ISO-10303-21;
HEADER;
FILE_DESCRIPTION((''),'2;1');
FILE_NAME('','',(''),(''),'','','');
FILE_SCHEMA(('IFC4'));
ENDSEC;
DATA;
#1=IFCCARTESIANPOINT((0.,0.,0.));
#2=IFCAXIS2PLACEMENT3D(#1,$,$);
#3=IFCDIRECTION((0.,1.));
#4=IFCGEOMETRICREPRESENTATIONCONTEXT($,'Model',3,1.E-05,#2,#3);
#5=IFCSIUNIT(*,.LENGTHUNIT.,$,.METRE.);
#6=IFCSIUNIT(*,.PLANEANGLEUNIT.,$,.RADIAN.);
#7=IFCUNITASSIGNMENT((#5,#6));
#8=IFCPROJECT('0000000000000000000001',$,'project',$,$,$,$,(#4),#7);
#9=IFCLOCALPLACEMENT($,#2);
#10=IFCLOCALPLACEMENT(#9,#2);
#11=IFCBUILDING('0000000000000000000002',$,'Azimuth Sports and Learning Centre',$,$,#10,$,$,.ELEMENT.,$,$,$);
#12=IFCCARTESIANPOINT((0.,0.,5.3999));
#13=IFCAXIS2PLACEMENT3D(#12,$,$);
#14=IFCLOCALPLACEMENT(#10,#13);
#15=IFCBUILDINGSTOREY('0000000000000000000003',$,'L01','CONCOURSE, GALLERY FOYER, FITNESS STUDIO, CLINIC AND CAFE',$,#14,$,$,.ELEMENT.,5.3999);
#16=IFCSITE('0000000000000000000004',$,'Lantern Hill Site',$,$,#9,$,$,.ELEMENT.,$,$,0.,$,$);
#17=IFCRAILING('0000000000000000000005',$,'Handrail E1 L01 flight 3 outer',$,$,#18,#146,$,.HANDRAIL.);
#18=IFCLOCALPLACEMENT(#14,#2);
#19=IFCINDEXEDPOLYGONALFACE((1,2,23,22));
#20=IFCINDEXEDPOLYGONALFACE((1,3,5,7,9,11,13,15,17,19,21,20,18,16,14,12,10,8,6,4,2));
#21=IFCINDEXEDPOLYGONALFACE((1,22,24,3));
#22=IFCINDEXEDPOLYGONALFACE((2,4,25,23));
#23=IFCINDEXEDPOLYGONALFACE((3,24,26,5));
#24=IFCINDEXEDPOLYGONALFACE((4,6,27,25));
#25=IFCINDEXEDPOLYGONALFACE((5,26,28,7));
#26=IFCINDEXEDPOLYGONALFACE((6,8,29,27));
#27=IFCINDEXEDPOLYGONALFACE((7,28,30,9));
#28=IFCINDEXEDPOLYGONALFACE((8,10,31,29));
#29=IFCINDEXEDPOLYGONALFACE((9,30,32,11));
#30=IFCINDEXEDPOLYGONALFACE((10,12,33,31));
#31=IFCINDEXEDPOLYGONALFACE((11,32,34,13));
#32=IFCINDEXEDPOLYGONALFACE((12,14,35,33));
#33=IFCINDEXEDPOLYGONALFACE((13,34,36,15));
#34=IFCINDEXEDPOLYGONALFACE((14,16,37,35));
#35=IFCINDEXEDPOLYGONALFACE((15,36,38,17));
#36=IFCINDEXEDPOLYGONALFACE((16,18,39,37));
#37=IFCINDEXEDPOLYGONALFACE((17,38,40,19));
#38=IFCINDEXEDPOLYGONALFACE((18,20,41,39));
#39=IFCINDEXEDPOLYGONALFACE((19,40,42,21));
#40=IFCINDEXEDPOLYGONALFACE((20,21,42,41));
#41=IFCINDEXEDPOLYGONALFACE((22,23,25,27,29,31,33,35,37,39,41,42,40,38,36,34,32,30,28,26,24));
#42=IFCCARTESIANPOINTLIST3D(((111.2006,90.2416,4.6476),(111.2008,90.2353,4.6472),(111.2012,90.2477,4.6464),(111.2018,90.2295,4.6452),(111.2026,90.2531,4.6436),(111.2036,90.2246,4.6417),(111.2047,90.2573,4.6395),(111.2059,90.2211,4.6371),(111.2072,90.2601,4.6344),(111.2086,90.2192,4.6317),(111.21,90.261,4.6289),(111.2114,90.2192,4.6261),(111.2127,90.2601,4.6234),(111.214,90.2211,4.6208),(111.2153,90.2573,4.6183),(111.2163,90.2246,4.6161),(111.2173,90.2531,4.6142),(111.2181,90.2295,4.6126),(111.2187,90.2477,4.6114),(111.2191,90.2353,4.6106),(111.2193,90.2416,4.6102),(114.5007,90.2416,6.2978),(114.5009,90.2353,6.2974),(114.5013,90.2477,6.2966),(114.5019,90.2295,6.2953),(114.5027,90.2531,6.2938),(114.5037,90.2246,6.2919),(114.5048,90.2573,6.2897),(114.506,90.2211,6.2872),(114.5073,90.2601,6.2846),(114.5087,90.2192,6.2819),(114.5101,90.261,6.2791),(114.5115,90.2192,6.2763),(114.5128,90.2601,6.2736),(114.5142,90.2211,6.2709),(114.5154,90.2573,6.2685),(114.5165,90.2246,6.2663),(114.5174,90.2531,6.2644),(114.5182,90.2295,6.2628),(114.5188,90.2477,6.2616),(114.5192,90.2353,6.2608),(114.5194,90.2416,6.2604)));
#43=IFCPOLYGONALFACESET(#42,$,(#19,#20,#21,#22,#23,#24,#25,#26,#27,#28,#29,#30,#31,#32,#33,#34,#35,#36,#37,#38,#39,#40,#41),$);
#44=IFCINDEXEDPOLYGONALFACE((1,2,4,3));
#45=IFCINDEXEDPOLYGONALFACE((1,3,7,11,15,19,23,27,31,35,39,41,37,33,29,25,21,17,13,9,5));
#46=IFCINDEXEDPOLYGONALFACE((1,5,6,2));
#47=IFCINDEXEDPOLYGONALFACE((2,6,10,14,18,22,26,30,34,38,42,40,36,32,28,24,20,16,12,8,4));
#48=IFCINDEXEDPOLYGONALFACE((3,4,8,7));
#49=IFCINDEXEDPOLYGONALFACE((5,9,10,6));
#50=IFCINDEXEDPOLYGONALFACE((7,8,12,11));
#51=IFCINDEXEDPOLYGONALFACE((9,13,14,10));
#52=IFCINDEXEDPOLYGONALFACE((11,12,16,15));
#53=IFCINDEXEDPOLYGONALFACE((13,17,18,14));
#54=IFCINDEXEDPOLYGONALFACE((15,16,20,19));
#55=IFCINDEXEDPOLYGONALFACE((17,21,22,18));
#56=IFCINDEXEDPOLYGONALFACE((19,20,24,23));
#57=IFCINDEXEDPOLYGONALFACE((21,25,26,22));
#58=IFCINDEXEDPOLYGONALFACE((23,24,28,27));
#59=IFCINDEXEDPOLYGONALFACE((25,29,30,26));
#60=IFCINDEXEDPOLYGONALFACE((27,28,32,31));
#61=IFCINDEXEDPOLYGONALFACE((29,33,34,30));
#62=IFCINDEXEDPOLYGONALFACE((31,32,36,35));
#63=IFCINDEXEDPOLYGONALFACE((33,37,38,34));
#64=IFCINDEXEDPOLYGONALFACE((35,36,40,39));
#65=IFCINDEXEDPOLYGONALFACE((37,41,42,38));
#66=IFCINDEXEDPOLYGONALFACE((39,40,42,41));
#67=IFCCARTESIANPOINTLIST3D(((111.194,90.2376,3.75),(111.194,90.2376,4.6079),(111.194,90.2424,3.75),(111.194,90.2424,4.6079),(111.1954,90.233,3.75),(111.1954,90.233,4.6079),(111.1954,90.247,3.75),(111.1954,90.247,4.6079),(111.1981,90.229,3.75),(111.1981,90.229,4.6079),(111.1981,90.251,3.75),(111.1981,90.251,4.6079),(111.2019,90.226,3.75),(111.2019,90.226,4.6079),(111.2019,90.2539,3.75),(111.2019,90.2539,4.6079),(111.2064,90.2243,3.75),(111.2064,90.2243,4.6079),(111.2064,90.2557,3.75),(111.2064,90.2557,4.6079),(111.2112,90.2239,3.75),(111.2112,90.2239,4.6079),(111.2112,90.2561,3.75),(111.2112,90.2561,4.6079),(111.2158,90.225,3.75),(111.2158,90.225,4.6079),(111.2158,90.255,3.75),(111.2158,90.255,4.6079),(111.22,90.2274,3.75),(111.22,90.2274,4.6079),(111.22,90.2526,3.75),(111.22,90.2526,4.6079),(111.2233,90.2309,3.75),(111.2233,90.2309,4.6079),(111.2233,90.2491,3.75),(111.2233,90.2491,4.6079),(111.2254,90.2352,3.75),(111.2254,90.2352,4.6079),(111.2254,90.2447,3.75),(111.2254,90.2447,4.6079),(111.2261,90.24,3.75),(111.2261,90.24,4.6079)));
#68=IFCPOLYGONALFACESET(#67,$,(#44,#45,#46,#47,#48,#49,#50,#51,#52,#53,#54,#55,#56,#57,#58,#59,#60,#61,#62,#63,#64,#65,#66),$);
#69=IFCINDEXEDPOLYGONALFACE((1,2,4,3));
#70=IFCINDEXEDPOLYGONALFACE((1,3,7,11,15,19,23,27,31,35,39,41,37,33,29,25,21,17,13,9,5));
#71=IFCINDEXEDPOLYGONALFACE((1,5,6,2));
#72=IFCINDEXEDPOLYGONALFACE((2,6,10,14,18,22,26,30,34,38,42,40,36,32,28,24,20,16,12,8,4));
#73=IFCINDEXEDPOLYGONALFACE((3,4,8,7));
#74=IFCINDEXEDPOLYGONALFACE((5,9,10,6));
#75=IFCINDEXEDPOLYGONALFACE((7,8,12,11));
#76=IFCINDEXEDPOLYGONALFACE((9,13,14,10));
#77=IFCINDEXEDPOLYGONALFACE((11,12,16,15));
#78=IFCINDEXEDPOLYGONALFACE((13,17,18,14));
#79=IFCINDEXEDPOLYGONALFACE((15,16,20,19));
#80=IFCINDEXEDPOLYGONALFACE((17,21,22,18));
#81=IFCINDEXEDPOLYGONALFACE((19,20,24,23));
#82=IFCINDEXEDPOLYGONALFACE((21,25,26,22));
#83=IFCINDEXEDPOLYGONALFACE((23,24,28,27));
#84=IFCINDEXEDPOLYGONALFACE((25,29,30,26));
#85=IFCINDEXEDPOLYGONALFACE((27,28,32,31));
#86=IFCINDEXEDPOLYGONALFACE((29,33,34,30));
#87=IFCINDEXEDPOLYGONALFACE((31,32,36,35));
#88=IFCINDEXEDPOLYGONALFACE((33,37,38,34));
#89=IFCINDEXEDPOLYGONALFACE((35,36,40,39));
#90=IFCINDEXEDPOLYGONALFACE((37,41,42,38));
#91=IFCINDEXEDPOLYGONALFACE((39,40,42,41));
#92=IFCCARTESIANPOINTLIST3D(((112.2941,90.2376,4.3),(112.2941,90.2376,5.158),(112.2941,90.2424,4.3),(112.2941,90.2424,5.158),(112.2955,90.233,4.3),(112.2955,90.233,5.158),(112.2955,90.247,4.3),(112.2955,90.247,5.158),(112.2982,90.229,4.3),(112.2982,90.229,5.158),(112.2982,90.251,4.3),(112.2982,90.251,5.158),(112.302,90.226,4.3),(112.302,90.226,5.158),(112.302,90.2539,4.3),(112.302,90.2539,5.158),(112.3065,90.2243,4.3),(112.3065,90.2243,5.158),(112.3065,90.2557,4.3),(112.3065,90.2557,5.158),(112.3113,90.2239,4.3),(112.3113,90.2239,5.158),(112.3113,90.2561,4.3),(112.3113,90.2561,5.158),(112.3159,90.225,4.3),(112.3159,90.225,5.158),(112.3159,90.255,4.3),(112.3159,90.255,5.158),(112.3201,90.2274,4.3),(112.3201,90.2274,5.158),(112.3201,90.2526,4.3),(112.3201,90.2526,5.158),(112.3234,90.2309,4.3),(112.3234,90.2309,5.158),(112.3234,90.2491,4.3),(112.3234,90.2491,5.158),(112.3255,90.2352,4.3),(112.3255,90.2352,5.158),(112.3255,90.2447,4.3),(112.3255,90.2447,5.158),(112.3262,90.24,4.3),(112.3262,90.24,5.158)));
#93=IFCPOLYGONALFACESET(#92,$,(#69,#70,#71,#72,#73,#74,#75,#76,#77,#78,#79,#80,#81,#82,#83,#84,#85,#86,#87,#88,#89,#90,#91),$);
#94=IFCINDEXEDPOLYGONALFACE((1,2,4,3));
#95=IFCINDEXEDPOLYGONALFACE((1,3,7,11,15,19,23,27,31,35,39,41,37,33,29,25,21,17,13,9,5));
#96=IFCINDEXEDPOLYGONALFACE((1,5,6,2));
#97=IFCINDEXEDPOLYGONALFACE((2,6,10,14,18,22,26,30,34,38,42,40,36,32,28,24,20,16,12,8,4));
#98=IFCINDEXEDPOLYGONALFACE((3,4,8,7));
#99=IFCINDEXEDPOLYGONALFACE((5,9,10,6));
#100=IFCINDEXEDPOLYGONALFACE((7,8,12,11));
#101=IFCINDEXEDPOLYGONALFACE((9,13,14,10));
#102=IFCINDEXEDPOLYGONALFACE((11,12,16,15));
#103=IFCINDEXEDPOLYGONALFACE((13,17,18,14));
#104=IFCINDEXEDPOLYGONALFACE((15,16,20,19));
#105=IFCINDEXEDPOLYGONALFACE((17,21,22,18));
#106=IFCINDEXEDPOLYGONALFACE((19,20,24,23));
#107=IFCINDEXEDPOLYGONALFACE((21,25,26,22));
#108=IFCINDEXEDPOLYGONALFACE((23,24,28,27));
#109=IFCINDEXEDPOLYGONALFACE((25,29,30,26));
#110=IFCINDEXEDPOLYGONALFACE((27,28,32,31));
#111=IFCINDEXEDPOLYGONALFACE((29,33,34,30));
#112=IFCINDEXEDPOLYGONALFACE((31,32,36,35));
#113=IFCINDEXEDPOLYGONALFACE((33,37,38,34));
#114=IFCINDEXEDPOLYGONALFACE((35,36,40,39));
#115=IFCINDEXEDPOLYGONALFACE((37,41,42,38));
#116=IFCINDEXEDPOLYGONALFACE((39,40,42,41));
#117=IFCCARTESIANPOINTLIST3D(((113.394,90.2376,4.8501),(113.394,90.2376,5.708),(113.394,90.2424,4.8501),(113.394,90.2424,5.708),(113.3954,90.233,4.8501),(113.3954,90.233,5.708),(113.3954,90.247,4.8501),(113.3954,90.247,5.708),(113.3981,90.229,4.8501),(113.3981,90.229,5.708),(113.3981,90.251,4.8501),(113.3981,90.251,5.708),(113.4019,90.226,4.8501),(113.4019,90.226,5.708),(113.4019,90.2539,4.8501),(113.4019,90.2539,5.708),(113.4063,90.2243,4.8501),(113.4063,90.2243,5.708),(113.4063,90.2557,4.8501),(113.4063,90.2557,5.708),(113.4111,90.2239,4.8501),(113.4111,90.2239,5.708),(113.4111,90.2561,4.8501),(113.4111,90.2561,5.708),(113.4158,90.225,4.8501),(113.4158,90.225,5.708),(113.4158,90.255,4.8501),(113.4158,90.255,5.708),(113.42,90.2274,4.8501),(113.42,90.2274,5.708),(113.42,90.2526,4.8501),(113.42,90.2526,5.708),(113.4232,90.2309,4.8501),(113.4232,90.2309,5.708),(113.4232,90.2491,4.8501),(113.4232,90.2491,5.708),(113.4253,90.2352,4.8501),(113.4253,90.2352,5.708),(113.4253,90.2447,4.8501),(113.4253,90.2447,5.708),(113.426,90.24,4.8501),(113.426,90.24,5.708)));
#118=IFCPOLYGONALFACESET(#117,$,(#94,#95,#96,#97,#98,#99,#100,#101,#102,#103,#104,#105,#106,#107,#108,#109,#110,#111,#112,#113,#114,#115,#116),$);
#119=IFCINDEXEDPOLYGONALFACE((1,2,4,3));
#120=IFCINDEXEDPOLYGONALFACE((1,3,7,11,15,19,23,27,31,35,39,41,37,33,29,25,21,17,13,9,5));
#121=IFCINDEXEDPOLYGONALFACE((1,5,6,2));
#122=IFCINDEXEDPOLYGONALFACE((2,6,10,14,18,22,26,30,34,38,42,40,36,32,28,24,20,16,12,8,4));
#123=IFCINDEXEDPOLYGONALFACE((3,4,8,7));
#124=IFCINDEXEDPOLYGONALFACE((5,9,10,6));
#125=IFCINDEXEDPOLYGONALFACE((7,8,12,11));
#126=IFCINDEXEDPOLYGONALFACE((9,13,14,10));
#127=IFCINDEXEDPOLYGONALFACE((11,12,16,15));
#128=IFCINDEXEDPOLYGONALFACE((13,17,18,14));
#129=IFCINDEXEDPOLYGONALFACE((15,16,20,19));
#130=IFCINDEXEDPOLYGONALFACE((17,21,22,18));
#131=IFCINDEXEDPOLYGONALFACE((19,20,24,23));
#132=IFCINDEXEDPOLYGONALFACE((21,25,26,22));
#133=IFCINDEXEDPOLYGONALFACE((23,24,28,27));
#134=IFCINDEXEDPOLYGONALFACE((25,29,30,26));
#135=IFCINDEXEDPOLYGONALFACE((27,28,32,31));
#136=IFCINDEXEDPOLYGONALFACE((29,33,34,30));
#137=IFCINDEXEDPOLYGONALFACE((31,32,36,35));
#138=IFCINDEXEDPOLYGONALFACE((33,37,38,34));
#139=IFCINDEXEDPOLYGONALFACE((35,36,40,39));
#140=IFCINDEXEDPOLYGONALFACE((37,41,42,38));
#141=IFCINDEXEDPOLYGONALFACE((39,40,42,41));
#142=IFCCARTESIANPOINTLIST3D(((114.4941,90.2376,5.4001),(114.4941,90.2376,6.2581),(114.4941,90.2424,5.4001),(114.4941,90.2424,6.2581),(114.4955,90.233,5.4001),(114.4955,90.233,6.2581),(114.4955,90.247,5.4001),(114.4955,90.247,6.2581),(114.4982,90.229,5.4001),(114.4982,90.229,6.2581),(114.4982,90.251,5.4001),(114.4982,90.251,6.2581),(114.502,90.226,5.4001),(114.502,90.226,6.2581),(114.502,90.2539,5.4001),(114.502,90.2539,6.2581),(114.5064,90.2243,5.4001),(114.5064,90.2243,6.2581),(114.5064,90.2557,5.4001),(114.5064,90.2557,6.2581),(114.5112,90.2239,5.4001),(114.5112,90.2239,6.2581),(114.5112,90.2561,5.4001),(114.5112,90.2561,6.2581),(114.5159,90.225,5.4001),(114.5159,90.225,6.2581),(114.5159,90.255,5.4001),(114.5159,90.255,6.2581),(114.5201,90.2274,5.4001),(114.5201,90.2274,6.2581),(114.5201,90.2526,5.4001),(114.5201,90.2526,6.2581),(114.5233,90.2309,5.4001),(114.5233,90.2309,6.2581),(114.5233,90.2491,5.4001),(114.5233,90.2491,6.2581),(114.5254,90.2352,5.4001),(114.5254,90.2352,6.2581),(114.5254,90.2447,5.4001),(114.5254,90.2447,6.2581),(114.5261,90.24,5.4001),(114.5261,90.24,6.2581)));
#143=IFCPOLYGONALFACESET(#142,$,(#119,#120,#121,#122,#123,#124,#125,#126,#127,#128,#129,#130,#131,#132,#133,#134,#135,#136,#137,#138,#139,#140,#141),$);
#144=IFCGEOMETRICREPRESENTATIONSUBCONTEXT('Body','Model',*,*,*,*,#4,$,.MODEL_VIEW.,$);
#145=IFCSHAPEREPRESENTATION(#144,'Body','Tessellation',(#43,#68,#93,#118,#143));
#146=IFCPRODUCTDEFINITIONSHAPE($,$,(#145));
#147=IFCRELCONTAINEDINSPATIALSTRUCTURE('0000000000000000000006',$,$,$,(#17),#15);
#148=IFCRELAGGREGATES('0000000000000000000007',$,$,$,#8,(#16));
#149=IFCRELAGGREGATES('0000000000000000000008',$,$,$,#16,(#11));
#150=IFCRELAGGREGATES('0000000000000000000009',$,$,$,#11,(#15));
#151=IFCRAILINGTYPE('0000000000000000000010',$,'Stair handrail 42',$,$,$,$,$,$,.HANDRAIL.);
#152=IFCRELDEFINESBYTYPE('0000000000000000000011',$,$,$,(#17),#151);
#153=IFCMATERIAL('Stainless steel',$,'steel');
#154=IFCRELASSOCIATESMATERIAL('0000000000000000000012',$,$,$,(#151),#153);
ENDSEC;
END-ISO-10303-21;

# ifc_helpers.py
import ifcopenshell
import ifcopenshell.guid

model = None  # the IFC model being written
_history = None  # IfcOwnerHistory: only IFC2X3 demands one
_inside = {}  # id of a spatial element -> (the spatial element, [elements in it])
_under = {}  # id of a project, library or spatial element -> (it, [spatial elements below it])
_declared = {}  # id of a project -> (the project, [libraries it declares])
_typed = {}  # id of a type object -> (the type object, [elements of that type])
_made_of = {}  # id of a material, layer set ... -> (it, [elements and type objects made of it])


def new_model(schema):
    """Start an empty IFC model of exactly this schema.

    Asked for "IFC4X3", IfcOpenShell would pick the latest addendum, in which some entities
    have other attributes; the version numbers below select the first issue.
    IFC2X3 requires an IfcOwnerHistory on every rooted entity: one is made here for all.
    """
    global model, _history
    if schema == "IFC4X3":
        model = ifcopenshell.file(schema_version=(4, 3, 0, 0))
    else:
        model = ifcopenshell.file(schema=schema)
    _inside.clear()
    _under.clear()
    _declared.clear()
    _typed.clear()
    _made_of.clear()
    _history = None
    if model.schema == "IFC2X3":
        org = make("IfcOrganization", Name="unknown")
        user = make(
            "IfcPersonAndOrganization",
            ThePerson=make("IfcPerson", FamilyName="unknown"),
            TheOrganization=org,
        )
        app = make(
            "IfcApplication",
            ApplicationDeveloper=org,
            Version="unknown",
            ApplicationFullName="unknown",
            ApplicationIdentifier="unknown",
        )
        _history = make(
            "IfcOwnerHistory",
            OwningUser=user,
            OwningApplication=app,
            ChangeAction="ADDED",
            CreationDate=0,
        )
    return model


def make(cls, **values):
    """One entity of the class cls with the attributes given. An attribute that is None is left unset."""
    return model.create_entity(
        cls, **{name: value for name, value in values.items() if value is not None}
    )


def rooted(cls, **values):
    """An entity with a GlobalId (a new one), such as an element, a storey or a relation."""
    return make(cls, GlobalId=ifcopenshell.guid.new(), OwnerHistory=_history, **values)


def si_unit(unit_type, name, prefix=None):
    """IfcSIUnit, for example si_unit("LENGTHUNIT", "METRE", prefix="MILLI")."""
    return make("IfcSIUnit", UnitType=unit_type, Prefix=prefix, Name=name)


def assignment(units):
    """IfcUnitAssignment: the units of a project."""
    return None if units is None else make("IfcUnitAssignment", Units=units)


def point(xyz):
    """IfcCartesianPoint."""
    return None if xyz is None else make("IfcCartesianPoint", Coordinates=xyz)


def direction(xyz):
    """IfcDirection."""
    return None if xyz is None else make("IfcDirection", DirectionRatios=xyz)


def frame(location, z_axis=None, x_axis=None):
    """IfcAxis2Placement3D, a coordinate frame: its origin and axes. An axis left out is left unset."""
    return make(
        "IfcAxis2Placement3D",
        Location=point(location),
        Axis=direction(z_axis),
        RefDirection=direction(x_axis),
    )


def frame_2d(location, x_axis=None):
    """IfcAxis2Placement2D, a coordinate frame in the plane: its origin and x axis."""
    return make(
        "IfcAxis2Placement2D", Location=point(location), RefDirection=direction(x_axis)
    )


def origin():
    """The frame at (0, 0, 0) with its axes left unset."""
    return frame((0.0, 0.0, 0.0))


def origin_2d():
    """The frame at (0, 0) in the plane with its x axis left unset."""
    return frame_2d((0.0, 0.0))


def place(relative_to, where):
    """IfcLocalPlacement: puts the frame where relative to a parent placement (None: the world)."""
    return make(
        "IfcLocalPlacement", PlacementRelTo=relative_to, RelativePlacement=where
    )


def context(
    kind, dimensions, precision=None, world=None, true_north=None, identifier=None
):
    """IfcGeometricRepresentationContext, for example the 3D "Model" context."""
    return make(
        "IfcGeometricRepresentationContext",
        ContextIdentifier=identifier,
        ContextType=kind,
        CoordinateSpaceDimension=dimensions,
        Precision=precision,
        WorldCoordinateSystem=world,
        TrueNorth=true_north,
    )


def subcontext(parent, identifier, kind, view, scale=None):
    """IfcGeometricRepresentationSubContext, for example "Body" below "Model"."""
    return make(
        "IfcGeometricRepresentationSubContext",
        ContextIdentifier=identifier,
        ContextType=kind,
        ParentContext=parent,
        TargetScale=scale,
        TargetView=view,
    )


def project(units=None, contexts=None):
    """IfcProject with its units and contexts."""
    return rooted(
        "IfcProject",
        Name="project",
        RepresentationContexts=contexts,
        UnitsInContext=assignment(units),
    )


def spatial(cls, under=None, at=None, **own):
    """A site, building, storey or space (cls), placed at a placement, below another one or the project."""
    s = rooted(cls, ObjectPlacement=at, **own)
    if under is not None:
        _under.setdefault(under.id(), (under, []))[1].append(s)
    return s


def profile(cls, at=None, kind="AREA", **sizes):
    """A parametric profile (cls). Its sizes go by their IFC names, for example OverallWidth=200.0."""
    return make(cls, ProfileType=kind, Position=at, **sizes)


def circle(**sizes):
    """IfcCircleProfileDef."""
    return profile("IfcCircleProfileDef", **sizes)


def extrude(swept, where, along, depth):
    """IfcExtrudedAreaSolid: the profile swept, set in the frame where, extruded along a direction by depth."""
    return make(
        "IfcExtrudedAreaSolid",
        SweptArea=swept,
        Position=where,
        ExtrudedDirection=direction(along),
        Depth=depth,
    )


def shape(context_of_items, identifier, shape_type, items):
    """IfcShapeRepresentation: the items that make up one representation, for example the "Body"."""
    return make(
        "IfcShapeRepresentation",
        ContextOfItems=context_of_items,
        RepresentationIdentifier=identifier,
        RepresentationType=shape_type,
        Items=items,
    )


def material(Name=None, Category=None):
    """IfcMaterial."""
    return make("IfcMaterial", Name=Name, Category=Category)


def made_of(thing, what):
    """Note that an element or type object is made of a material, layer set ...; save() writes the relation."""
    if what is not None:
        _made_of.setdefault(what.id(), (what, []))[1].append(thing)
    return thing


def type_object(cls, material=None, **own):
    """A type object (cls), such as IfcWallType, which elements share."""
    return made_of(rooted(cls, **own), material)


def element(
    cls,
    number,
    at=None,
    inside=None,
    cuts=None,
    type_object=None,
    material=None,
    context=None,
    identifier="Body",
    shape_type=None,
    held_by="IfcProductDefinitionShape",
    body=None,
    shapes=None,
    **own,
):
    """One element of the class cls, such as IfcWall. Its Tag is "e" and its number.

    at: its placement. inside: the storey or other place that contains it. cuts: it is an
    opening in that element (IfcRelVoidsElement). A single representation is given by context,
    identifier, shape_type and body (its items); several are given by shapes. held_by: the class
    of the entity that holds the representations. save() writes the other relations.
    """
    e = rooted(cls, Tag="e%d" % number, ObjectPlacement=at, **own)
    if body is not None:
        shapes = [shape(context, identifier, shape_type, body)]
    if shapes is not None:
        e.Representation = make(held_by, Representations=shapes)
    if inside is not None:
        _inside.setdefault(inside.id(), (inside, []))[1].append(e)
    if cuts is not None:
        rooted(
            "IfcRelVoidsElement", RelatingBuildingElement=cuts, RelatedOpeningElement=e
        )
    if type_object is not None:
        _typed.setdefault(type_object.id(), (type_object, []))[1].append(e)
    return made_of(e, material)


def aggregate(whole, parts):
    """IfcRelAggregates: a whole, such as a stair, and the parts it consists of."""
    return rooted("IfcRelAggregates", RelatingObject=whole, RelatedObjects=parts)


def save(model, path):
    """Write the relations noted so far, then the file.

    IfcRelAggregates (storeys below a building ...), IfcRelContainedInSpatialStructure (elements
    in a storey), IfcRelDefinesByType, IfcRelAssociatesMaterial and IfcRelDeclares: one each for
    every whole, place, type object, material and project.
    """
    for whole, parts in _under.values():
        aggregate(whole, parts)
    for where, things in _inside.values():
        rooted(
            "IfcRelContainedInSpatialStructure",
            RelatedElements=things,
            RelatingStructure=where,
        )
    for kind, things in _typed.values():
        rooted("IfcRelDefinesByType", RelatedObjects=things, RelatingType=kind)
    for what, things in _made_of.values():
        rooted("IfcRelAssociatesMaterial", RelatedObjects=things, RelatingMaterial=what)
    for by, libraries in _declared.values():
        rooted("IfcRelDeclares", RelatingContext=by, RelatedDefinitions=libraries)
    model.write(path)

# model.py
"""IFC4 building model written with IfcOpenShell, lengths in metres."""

from ifc_helpers import new_model, si_unit, direction, frame, origin, origin_2d, place, context, subcontext, project, spatial, circle, extrude, material, type_object, element, save


model = new_model("IFC4")

# Units and contexts
model_context = context("Model", 3, precision=1e-05, world=origin(), true_north=direction((0.0, 1.0)))
body_context = subcontext(model_context, "Body", "Model", "MODEL_VIEW")
ifc_project = project(units=[si_unit("LENGTHUNIT", "METRE"), si_unit("PLANEANGLEUNIT", "RADIAN")], contexts=[model_context])

# Site, building, storey
site_placement = place(None, origin())
site = spatial("IfcSite", under=ifc_project, at=site_placement, Name="Lantern Hill Site", CompositionType="ELEMENT", RefElevation=0.0)
building_placement = place(site_placement, origin())
building = spatial("IfcBuilding", under=site, at=building_placement, Name="Azimuth Sports and Learning Centre", CompositionType="ELEMENT")
storey_placement = place(building_placement, frame((0.0, 0.0, 5.3999)))
storey = spatial("IfcBuildingStorey", under=building, at=storey_placement, Name="L01", Description="CONCOURSE, GALLERY FOYER, FITNESS STUDIO, CLINIC AND CAFE", CompositionType="ELEMENT", Elevation=5.3999)

# Railing
ifc_material_1 = material(Name="Stainless steel", Category="steel")
railing_type = type_object("IfcRailingType", Name="Stair handrail 42", PredefinedType="HANDRAIL", material=ifc_material_1)
for number, where, name in (
    (1, (111.21, 90.24, 3.75), "Handrail E1 L01 flight 3 outer"),
):
    element("IfcRailing", number, at=place(storey_placement, frame(where)), inside=storey, type_object=railing_type, Name=name, PredefinedType="HANDRAIL", context=body_context, shape_type="SweptSolid", body=[
        extrude(circle(Radius=0.021, at=origin_2d()), frame((0.0, 0.0, 0.8789), z_axis=(0.894414, 0.0, 0.44724), x_axis=(0.0, 1.0, 0.0)), (0.0, 0.0, 1.0), 3.6897),
        extrude(circle(Radius=0.0161, at=origin_2d()), origin(), (0.0, 0.0, 1.0), 0.8579),
        extrude(circle(Radius=0.0161, at=origin_2d()), frame((1.1001, 0.0, 0.55)), (0.0, 0.0, 1.0), 0.8579),
        extrude(circle(Radius=0.0161, at=origin_2d()), frame((2.2, 0.0, 1.1001)), (0.0, 0.0, 1.0), 0.8579),
        extrude(circle(Radius=0.0161, at=origin_2d()), frame((3.3, 0.0, 1.6501)), (0.0, 0.0, 1.0), 0.8579),
    ])

save(model, "model.ifc")
